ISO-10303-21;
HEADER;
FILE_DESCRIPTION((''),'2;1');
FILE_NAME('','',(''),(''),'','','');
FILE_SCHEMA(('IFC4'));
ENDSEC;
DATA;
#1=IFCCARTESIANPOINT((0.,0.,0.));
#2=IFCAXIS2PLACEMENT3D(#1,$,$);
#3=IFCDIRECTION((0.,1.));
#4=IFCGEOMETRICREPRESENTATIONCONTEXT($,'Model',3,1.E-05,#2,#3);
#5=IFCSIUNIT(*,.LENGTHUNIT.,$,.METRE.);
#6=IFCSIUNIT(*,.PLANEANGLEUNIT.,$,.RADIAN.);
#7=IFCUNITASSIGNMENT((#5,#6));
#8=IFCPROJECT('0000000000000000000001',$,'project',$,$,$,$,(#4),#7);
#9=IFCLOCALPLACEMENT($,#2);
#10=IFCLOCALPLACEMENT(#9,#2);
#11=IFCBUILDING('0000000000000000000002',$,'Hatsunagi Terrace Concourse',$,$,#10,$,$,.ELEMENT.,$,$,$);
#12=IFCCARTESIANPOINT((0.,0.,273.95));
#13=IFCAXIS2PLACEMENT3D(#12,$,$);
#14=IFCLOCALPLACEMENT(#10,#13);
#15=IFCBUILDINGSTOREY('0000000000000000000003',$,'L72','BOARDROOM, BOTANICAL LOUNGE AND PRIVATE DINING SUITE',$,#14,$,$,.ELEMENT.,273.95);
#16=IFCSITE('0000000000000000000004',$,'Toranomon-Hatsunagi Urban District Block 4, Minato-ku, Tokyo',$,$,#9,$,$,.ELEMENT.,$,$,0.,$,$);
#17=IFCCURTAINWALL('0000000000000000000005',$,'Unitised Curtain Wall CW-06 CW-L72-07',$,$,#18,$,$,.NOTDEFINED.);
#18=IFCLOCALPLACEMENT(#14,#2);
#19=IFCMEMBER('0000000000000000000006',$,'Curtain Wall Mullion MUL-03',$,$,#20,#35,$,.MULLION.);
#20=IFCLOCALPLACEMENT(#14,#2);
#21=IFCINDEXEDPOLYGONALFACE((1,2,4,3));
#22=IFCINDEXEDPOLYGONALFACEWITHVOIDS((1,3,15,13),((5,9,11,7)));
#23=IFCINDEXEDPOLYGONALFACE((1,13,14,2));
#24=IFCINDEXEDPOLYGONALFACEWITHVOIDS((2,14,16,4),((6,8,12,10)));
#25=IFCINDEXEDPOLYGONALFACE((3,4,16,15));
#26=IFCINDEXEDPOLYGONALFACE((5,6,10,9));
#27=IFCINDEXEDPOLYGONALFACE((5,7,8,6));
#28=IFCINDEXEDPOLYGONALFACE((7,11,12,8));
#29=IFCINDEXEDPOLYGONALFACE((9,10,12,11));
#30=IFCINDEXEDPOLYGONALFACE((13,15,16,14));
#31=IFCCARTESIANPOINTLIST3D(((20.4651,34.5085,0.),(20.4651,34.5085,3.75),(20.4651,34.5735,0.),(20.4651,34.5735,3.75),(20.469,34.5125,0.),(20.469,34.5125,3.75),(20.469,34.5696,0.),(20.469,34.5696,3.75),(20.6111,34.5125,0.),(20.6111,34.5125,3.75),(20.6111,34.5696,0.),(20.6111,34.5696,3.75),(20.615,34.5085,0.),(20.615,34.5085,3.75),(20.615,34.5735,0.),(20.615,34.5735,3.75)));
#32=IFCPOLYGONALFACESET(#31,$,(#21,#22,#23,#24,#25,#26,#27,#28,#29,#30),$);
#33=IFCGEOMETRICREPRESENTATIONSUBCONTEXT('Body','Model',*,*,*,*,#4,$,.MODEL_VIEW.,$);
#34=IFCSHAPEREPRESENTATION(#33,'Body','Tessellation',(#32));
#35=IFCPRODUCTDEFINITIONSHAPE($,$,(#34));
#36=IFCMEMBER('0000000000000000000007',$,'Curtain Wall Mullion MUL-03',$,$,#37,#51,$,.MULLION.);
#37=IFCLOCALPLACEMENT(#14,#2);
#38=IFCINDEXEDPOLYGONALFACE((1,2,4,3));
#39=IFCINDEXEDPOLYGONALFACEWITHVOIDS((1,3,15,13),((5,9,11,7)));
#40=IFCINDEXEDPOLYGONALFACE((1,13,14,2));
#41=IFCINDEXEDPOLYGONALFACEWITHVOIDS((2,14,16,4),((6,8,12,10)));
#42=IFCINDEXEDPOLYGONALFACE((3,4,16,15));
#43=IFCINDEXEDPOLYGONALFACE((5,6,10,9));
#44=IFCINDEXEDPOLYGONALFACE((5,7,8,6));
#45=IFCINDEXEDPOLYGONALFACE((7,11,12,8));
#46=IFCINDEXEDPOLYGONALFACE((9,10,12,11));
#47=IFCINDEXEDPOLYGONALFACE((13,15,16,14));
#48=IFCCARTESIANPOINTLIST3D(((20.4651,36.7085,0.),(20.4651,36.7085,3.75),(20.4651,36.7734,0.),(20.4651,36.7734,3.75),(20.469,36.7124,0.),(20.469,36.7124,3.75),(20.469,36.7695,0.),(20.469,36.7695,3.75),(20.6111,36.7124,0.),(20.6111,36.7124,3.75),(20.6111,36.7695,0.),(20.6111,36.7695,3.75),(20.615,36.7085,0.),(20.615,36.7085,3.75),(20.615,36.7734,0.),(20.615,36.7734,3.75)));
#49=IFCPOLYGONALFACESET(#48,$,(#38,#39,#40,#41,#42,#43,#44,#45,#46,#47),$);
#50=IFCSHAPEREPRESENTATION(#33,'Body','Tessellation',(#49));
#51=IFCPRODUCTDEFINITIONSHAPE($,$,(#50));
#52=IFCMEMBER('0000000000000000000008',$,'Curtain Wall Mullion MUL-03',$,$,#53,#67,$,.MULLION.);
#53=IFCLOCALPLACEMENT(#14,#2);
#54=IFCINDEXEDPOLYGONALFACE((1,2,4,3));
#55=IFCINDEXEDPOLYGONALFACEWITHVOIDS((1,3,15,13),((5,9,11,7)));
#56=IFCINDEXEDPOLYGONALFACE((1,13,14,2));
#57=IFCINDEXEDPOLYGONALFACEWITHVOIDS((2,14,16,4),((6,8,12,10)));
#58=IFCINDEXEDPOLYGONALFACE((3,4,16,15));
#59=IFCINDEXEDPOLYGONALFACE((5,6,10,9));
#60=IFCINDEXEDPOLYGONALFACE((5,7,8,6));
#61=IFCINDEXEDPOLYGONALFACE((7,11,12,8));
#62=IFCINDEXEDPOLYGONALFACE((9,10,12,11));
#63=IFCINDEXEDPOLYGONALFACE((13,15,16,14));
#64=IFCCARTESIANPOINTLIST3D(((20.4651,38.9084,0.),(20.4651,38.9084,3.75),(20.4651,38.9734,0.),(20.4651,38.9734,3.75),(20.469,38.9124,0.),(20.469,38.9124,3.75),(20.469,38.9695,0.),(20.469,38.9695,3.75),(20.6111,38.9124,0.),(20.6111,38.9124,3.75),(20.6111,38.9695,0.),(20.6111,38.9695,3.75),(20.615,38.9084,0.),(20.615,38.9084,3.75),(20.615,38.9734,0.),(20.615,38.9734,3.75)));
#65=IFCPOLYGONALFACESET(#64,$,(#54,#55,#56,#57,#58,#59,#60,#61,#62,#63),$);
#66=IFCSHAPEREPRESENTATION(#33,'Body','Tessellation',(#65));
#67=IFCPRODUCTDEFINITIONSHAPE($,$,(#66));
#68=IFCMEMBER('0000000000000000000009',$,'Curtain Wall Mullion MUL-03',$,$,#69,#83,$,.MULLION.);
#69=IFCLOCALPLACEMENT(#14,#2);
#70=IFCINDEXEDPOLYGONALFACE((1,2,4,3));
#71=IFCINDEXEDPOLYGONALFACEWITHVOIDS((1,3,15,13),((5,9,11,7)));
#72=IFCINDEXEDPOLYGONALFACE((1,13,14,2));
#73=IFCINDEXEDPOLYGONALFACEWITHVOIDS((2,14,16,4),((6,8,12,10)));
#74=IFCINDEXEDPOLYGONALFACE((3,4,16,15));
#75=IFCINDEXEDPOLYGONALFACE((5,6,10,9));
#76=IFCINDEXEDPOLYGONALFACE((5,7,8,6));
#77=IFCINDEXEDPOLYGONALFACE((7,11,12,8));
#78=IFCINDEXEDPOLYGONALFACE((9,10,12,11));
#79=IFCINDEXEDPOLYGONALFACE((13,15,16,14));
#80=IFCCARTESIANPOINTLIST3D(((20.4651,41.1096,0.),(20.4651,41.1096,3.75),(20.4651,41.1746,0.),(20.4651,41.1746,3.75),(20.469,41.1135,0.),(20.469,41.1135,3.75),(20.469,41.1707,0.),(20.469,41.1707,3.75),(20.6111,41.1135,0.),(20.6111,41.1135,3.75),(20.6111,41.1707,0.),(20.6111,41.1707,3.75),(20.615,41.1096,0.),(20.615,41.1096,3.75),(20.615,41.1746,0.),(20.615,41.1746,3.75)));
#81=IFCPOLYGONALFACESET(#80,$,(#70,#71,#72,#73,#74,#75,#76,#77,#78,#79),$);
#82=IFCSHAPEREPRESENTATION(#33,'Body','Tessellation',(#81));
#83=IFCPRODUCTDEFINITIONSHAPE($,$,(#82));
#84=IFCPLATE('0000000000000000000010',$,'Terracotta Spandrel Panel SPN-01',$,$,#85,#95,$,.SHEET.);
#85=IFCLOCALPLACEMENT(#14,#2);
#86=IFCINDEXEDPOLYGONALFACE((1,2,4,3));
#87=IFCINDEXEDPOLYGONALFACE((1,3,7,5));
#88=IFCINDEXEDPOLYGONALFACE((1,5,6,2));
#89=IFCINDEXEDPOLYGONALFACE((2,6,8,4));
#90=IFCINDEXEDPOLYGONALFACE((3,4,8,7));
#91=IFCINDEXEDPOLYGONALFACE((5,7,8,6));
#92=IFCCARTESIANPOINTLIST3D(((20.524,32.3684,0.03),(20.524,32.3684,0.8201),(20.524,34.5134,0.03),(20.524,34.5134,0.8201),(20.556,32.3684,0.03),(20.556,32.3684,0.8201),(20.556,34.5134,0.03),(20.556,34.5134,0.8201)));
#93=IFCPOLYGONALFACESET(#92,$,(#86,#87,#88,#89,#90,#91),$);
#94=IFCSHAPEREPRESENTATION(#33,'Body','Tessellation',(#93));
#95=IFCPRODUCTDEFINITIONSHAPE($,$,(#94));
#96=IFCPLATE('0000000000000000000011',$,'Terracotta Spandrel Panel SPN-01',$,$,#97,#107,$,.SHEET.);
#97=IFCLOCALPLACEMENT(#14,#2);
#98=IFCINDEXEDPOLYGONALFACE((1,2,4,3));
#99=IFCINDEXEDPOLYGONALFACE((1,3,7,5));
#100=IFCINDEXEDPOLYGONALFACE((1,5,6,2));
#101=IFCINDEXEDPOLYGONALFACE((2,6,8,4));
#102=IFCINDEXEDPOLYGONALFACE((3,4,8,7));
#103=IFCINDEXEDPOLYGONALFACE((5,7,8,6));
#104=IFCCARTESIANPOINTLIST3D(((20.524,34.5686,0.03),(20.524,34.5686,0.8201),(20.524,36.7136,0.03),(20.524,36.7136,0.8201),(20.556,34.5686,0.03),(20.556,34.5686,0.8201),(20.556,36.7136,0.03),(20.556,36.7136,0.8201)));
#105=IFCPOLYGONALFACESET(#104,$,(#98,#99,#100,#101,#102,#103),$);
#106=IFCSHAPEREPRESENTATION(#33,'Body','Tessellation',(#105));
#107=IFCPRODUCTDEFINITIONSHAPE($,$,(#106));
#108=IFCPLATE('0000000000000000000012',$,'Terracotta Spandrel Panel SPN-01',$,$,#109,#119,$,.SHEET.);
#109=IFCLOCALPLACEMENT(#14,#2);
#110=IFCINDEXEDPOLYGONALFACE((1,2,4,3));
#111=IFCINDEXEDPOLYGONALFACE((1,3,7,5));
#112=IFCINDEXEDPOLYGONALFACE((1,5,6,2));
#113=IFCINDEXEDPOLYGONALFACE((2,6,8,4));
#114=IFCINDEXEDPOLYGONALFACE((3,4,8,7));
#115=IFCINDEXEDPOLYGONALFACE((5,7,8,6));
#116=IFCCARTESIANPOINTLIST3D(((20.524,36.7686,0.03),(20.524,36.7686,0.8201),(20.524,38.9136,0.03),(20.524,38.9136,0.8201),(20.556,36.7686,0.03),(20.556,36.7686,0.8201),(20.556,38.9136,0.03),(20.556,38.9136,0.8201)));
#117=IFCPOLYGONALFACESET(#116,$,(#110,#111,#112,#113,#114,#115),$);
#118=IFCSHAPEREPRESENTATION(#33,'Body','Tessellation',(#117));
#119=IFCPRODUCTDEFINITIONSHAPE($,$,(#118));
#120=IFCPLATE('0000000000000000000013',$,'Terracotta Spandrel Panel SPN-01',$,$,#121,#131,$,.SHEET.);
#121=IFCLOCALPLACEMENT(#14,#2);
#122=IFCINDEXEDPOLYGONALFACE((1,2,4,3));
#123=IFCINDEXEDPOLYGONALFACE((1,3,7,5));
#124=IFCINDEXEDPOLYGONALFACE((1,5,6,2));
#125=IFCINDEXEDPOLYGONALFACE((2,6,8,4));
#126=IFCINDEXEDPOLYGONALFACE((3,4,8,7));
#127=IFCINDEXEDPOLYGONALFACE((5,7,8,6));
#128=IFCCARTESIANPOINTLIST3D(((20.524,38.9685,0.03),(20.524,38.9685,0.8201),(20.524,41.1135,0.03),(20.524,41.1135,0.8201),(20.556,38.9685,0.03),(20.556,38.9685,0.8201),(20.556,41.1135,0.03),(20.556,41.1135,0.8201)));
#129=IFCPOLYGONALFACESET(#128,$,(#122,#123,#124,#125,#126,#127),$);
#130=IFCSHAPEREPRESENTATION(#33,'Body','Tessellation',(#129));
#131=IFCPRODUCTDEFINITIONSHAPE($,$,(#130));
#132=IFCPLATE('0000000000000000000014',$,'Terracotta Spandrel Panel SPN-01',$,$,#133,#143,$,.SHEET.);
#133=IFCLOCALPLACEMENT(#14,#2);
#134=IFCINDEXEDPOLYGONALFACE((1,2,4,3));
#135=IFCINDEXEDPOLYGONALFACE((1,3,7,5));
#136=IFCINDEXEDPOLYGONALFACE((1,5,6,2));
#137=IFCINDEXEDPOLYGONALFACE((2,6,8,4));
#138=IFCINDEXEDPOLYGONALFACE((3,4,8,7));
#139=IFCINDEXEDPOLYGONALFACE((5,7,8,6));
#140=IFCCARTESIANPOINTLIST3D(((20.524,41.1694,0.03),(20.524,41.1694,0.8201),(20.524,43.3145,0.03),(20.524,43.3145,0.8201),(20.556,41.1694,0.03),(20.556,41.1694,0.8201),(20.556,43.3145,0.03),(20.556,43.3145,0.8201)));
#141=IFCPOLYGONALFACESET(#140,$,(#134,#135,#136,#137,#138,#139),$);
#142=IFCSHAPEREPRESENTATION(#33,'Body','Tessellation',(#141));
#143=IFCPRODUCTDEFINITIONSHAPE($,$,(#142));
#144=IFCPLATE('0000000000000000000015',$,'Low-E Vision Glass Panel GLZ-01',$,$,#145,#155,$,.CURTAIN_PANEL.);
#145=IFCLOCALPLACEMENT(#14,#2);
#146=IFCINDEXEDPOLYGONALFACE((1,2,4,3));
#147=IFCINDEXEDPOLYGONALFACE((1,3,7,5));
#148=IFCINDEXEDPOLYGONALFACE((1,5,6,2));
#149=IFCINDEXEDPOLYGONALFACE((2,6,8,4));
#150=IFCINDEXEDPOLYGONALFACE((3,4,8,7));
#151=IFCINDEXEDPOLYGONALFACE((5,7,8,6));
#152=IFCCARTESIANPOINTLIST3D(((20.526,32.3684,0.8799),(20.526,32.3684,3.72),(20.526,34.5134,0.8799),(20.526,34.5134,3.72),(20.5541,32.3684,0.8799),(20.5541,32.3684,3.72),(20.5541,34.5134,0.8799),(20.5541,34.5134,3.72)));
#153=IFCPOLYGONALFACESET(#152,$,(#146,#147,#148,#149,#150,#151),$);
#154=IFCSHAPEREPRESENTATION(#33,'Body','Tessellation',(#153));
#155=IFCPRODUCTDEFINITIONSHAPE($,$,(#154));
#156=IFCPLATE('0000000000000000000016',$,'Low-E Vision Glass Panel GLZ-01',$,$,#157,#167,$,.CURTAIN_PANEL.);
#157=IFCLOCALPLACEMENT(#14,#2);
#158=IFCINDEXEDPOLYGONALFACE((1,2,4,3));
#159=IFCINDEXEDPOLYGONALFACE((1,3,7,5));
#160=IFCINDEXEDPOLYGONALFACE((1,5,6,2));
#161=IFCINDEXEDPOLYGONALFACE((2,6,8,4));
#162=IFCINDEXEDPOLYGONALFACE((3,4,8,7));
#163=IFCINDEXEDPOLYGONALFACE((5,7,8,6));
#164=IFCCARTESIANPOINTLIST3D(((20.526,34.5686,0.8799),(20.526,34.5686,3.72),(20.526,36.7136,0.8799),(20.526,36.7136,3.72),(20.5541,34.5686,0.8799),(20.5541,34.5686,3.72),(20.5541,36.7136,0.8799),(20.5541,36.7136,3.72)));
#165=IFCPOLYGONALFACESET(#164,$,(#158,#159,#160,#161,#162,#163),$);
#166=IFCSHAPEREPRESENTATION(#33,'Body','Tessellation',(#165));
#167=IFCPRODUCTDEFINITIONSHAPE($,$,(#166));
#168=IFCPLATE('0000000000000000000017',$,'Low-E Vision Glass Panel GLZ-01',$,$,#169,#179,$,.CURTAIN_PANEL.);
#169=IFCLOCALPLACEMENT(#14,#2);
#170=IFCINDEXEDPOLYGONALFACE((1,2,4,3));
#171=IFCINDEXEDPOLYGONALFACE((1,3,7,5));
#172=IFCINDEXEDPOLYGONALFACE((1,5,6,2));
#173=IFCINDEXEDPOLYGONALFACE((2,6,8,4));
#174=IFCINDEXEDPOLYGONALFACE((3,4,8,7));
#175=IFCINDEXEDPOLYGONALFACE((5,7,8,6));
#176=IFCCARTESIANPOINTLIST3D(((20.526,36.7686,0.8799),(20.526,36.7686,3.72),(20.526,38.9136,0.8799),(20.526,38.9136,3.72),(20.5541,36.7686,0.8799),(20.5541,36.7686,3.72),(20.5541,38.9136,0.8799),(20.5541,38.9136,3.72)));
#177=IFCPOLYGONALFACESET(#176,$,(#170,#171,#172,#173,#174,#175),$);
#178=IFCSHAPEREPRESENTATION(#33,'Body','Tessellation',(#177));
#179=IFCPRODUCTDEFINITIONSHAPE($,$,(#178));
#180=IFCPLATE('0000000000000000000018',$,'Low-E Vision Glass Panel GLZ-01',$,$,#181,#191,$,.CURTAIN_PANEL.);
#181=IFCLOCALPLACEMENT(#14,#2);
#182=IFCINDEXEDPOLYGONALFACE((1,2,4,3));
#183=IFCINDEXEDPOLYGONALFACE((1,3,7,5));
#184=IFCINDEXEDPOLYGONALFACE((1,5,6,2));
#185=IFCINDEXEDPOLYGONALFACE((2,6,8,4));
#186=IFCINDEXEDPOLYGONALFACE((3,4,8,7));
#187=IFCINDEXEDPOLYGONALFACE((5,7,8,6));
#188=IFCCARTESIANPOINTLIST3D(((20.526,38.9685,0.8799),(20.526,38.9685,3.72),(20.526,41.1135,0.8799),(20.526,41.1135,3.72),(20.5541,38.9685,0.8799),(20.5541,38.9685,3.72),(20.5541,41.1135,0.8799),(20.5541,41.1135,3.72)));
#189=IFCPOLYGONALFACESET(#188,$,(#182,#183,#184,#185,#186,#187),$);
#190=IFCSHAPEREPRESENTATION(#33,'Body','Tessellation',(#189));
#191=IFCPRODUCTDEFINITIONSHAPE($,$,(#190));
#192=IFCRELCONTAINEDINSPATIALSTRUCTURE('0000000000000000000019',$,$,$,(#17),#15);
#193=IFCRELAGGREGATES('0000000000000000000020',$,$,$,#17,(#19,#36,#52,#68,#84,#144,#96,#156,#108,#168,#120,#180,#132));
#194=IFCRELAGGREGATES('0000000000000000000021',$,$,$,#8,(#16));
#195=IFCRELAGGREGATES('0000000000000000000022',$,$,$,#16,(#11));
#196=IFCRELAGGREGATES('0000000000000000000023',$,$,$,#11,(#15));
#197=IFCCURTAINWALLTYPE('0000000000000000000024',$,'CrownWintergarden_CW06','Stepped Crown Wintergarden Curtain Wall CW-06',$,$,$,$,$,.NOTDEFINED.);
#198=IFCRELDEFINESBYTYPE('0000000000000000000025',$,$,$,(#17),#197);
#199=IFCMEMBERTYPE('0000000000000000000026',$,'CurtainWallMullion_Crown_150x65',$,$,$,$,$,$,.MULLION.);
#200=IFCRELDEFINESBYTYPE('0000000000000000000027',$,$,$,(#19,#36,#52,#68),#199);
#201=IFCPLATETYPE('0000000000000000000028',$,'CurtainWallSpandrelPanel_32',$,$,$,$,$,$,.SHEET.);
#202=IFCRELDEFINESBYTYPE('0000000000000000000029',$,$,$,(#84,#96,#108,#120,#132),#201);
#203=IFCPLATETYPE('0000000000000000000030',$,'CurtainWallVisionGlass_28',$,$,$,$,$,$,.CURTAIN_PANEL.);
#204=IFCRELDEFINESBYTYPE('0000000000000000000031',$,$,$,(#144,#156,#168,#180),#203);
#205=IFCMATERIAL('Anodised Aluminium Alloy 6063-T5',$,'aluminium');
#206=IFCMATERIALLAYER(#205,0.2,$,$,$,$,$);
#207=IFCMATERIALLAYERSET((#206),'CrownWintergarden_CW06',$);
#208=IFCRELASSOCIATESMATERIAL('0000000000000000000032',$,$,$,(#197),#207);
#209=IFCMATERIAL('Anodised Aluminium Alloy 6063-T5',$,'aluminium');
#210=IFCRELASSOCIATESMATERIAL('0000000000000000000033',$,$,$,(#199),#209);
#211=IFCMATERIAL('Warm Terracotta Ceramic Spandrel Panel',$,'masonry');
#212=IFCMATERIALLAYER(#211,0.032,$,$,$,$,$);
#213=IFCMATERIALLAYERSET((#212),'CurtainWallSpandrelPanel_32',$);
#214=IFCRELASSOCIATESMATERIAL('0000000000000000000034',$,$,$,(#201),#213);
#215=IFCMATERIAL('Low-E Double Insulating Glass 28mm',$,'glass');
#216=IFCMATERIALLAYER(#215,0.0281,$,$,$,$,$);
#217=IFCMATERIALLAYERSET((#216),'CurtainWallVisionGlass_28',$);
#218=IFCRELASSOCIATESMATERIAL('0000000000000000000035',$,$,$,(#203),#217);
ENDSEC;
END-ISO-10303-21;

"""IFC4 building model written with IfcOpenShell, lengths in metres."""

from ifc_helpers import new_model, si_unit, direction, frame, origin, origin_2d, place, context, subcontext, project, spatial, rectangle, hollow_rectangle, extrude, material, layer, layer_set, material_profile, profile_set, type_object, element, aggregate, save


model = new_model("IFC4")

# Units and contexts
model_context = context("Model", 3, precision=1e-05, world=origin(), true_north=direction((0.0, 1.0)))
body_context = subcontext(model_context, "Body", "Model", "MODEL_VIEW")
ifc_project = project(units=[si_unit("LENGTHUNIT", "METRE"), si_unit("PLANEANGLEUNIT", "RADIAN")], contexts=[model_context])

# Site, building, storey
site_placement = place(None, origin())
site = spatial("IfcSite", under=ifc_project, at=site_placement, Name="Toranomon-Hatsunagi Urban District Block 4, Minato-ku, Tokyo", CompositionType="ELEMENT", RefElevation=0.0)
building_placement = place(site_placement, origin())
building = spatial("IfcBuilding", under=site, at=building_placement, Name="Hatsunagi Terrace Concourse", CompositionType="ELEMENT")
storey_placement = place(building_placement, frame((0.0, 0.0, 273.95)))
storey = spatial("IfcBuildingStorey", under=building, at=storey_placement, Name="L72", Description="BOARDROOM, BOTANICAL LOUNGE AND PRIVATE DINING SUITE", CompositionType="ELEMENT", Elevation=273.95)

# Curtain wall, members, plates
ifc_material_1 = material(Name="Anodised Aluminium Alloy 6063-T5", Category="aluminium")
ifc_layer_1 = layer(ifc_material_1, 0.2)
ifc_layer_set_1 = layer_set([ifc_layer_1], Name="CrownWintergarden_CW06")
curtain_wall_type = type_object("IfcCurtainWallType", Name="CrownWintergarden_CW06", Description="Stepped Crown Wintergarden Curtain Wall CW-06", PredefinedType="NOTDEFINED", material=ifc_layer_set_1)
curtain_wall_placement = place(storey_placement, origin())
curtain_wall = element("IfcCurtainWall", 1, at=curtain_wall_placement, inside=storey, type_object=curtain_wall_type, Name="Unitised Curtain Wall CW-06 CW-L72-07", PredefinedType="NOTDEFINED")
ifc_material_2 = material(Name="Anodised Aluminium Alloy 6063-T5", Category="aluminium")
ifc_material_profile = material_profile(ifc_material_2, hollow_rectangle(XDim=0.0649, YDim=0.1499, WallThickness=0.0039, at=origin_2d()), Name="ALU-MUL-150x65x4")
ifc_profile_set = profile_set([ifc_material_profile], Name="Anodised Aluminium Alloy 6063-T5")
member_type = type_object("IfcMemberType", Name="CurtainWallMullion_Crown_150x65", PredefinedType="MULLION", material=ifc_profile_set)
member_1_placement = place(storey_placement, frame((20.54, 34.541, 0.0), z_axis=(0.0, 0.0, 1.0), x_axis=(0.0, 1.0, 0.0)))
member_1 = element("IfcMember", 2, at=member_1_placement, type_object=member_type, Name="Curtain Wall Mullion MUL-03", PredefinedType="MULLION", context=body_context, shape_type="SweptSolid", body=[
    extrude(hollow_rectangle(XDim=0.0649, YDim=0.1499, WallThickness=0.0039, at=origin_2d()), origin(), (0.0, 0.0, 1.0), 3.75),
])
member_2_placement = place(storey_placement, frame((20.54, 36.741, 0.0), z_axis=(0.0, 0.0, 1.0), x_axis=(0.0, 1.0, 0.0)))
member_2 = element("IfcMember", 3, at=member_2_placement, type_object=member_type, Name="Curtain Wall Mullion MUL-03", PredefinedType="MULLION", context=body_context, shape_type="SweptSolid", body=[
    extrude(hollow_rectangle(XDim=0.0649, YDim=0.1499, WallThickness=0.0039, at=origin_2d()), origin(), (0.0, 0.0, 1.0), 3.75),
])
member_3_placement = place(storey_placement, frame((20.54, 38.9409, 0.0), z_axis=(0.0, 0.0, 1.0), x_axis=(0.0, 1.0, 0.0)))
member_3 = element("IfcMember", 4, at=member_3_placement, type_object=member_type, Name="Curtain Wall Mullion MUL-03", PredefinedType="MULLION", context=body_context, shape_type="SweptSolid", body=[
    extrude(hollow_rectangle(XDim=0.0649, YDim=0.1499, WallThickness=0.0039, at=origin_2d()), origin(), (0.0, 0.0, 1.0), 3.75),
])
member_4_placement = place(storey_placement, frame((20.54, 41.1421, 0.0), z_axis=(0.0, 0.0, 1.0), x_axis=(0.0, 1.0, 0.0)))
member_4 = element("IfcMember", 5, at=member_4_placement, type_object=member_type, Name="Curtain Wall Mullion MUL-03", PredefinedType="MULLION", context=body_context, shape_type="SweptSolid", body=[
    extrude(hollow_rectangle(XDim=0.0649, YDim=0.1499, WallThickness=0.0039, at=origin_2d()), origin(), (0.0, 0.0, 1.0), 3.75),
])
ifc_material_3 = material(Name="Warm Terracotta Ceramic Spandrel Panel", Category="masonry")
ifc_layer_2 = layer(ifc_material_3, 0.032)
ifc_layer_set_2 = layer_set([ifc_layer_2], Name="CurtainWallSpandrelPanel_32")
plate_type_1 = type_object("IfcPlateType", Name="CurtainWallSpandrelPanel_32", PredefinedType="SHEET", material=ifc_layer_set_2)
plate_1_placement = place(storey_placement, frame((20.54, 33.4409, 0.03), z_axis=(0.0, 0.0, 1.0), x_axis=(0.0, 1.0, 0.0)))
plate_1 = element("IfcPlate", 6, at=plate_1_placement, type_object=plate_type_1, Name="Terracotta Spandrel Panel SPN-01", PredefinedType="SHEET", context=body_context, shape_type="SweptSolid", body=[
    extrude(rectangle(XDim=2.145, YDim=0.032, at=origin_2d()), origin(), (0.0, 0.0, 1.0), 0.79),
])
plate_2_placement = place(storey_placement, frame((20.54, 35.6411, 0.03), z_axis=(0.0, 0.0, 1.0), x_axis=(0.0, 1.0, 0.0)))
plate_2 = element("IfcPlate", 7, at=plate_2_placement, type_object=plate_type_1, Name="Terracotta Spandrel Panel SPN-01", PredefinedType="SHEET", context=body_context, shape_type="SweptSolid", body=[
    extrude(rectangle(XDim=2.145, YDim=0.032, at=origin_2d()), origin(), (0.0, 0.0, 1.0), 0.79),
])
plate_3_placement = place(storey_placement, frame((20.54, 37.8411, 0.03), z_axis=(0.0, 0.0, 1.0), x_axis=(0.0, 1.0, 0.0)))
plate_3 = element("IfcPlate", 8, at=plate_3_placement, type_object=plate_type_1, Name="Terracotta Spandrel Panel SPN-01", PredefinedType="SHEET", context=body_context, shape_type="SweptSolid", body=[
    extrude(rectangle(XDim=2.145, YDim=0.032, at=origin_2d()), origin(), (0.0, 0.0, 1.0), 0.79),
])
plate_4_placement = place(storey_placement, frame((20.54, 40.041, 0.03), z_axis=(0.0, 0.0, 1.0), x_axis=(0.0, 1.0, 0.0)))
plate_4 = element("IfcPlate", 9, at=plate_4_placement, type_object=plate_type_1, Name="Terracotta Spandrel Panel SPN-01", PredefinedType="SHEET", context=body_context, shape_type="SweptSolid", body=[
    extrude(rectangle(XDim=2.145, YDim=0.032, at=origin_2d()), origin(), (0.0, 0.0, 1.0), 0.79),
])
plate_5_placement = place(storey_placement, frame((20.54, 42.2419, 0.03), z_axis=(0.0, 0.0, 1.0), x_axis=(0.0, 1.0, 0.0)))
plate_5 = element("IfcPlate", 10, at=plate_5_placement, type_object=plate_type_1, Name="Terracotta Spandrel Panel SPN-01", PredefinedType="SHEET", context=body_context, shape_type="SweptSolid", body=[
    extrude(rectangle(XDim=2.145, YDim=0.032, at=origin_2d()), origin(), (0.0, 0.0, 1.0), 0.79),
])
ifc_material_4 = material(Name="Low-E Double Insulating Glass 28mm", Category="glass")
ifc_layer_3 = layer(ifc_material_4, 0.0281)
ifc_layer_set_3 = layer_set([ifc_layer_3], Name="CurtainWallVisionGlass_28")
plate_type_2 = type_object("IfcPlateType", Name="CurtainWallVisionGlass_28", PredefinedType="CURTAIN_PANEL", material=ifc_layer_set_3)
plate_6_placement = place(storey_placement, frame((20.54, 33.4409, 0.8799), z_axis=(0.0, 0.0, 1.0), x_axis=(0.0, 1.0, 0.0)))
plate_6 = element("IfcPlate", 11, at=plate_6_placement, type_object=plate_type_2, Name="Low-E Vision Glass Panel GLZ-01", PredefinedType="CURTAIN_PANEL", context=body_context, shape_type="SweptSolid", body=[
    extrude(rectangle(XDim=2.145, YDim=0.0281, at=origin_2d()), origin(), (0.0, 0.0, 1.0), 2.8401),
])
plate_7_placement = place(storey_placement, frame((20.54, 35.6411, 0.8799), z_axis=(0.0, 0.0, 1.0), x_axis=(0.0, 1.0, 0.0)))
plate_7 = element("IfcPlate", 12, at=plate_7_placement, type_object=plate_type_2, Name="Low-E Vision Glass Panel GLZ-01", PredefinedType="CURTAIN_PANEL", context=body_context, shape_type="SweptSolid", body=[
    extrude(rectangle(XDim=2.145, YDim=0.0281, at=origin_2d()), origin(), (0.0, 0.0, 1.0), 2.8401),
])
plate_8_placement = place(storey_placement, frame((20.54, 37.8411, 0.8799), z_axis=(0.0, 0.0, 1.0), x_axis=(0.0, 1.0, 0.0)))
plate_8 = element("IfcPlate", 13, at=plate_8_placement, type_object=plate_type_2, Name="Low-E Vision Glass Panel GLZ-01", PredefinedType="CURTAIN_PANEL", context=body_context, shape_type="SweptSolid", body=[
    extrude(rectangle(XDim=2.145, YDim=0.0281, at=origin_2d()), origin(), (0.0, 0.0, 1.0), 2.8401),
])
plate_9_placement = place(storey_placement, frame((20.54, 40.041, 0.8799), z_axis=(0.0, 0.0, 1.0), x_axis=(0.0, 1.0, 0.0)))
plate_9 = element("IfcPlate", 14, at=plate_9_placement, type_object=plate_type_2, Name="Low-E Vision Glass Panel GLZ-01", PredefinedType="CURTAIN_PANEL", context=body_context, shape_type="SweptSolid", body=[
    extrude(rectangle(XDim=2.145, YDim=0.0281, at=origin_2d()), origin(), (0.0, 0.0, 1.0), 2.8401),
])
aggregate(curtain_wall, [member_1, member_2, member_3, member_4, plate_1, plate_6, plate_2, plate_7, plate_3, plate_8, plate_4, plate_9, plate_5])

save(model, "model.ifc")
